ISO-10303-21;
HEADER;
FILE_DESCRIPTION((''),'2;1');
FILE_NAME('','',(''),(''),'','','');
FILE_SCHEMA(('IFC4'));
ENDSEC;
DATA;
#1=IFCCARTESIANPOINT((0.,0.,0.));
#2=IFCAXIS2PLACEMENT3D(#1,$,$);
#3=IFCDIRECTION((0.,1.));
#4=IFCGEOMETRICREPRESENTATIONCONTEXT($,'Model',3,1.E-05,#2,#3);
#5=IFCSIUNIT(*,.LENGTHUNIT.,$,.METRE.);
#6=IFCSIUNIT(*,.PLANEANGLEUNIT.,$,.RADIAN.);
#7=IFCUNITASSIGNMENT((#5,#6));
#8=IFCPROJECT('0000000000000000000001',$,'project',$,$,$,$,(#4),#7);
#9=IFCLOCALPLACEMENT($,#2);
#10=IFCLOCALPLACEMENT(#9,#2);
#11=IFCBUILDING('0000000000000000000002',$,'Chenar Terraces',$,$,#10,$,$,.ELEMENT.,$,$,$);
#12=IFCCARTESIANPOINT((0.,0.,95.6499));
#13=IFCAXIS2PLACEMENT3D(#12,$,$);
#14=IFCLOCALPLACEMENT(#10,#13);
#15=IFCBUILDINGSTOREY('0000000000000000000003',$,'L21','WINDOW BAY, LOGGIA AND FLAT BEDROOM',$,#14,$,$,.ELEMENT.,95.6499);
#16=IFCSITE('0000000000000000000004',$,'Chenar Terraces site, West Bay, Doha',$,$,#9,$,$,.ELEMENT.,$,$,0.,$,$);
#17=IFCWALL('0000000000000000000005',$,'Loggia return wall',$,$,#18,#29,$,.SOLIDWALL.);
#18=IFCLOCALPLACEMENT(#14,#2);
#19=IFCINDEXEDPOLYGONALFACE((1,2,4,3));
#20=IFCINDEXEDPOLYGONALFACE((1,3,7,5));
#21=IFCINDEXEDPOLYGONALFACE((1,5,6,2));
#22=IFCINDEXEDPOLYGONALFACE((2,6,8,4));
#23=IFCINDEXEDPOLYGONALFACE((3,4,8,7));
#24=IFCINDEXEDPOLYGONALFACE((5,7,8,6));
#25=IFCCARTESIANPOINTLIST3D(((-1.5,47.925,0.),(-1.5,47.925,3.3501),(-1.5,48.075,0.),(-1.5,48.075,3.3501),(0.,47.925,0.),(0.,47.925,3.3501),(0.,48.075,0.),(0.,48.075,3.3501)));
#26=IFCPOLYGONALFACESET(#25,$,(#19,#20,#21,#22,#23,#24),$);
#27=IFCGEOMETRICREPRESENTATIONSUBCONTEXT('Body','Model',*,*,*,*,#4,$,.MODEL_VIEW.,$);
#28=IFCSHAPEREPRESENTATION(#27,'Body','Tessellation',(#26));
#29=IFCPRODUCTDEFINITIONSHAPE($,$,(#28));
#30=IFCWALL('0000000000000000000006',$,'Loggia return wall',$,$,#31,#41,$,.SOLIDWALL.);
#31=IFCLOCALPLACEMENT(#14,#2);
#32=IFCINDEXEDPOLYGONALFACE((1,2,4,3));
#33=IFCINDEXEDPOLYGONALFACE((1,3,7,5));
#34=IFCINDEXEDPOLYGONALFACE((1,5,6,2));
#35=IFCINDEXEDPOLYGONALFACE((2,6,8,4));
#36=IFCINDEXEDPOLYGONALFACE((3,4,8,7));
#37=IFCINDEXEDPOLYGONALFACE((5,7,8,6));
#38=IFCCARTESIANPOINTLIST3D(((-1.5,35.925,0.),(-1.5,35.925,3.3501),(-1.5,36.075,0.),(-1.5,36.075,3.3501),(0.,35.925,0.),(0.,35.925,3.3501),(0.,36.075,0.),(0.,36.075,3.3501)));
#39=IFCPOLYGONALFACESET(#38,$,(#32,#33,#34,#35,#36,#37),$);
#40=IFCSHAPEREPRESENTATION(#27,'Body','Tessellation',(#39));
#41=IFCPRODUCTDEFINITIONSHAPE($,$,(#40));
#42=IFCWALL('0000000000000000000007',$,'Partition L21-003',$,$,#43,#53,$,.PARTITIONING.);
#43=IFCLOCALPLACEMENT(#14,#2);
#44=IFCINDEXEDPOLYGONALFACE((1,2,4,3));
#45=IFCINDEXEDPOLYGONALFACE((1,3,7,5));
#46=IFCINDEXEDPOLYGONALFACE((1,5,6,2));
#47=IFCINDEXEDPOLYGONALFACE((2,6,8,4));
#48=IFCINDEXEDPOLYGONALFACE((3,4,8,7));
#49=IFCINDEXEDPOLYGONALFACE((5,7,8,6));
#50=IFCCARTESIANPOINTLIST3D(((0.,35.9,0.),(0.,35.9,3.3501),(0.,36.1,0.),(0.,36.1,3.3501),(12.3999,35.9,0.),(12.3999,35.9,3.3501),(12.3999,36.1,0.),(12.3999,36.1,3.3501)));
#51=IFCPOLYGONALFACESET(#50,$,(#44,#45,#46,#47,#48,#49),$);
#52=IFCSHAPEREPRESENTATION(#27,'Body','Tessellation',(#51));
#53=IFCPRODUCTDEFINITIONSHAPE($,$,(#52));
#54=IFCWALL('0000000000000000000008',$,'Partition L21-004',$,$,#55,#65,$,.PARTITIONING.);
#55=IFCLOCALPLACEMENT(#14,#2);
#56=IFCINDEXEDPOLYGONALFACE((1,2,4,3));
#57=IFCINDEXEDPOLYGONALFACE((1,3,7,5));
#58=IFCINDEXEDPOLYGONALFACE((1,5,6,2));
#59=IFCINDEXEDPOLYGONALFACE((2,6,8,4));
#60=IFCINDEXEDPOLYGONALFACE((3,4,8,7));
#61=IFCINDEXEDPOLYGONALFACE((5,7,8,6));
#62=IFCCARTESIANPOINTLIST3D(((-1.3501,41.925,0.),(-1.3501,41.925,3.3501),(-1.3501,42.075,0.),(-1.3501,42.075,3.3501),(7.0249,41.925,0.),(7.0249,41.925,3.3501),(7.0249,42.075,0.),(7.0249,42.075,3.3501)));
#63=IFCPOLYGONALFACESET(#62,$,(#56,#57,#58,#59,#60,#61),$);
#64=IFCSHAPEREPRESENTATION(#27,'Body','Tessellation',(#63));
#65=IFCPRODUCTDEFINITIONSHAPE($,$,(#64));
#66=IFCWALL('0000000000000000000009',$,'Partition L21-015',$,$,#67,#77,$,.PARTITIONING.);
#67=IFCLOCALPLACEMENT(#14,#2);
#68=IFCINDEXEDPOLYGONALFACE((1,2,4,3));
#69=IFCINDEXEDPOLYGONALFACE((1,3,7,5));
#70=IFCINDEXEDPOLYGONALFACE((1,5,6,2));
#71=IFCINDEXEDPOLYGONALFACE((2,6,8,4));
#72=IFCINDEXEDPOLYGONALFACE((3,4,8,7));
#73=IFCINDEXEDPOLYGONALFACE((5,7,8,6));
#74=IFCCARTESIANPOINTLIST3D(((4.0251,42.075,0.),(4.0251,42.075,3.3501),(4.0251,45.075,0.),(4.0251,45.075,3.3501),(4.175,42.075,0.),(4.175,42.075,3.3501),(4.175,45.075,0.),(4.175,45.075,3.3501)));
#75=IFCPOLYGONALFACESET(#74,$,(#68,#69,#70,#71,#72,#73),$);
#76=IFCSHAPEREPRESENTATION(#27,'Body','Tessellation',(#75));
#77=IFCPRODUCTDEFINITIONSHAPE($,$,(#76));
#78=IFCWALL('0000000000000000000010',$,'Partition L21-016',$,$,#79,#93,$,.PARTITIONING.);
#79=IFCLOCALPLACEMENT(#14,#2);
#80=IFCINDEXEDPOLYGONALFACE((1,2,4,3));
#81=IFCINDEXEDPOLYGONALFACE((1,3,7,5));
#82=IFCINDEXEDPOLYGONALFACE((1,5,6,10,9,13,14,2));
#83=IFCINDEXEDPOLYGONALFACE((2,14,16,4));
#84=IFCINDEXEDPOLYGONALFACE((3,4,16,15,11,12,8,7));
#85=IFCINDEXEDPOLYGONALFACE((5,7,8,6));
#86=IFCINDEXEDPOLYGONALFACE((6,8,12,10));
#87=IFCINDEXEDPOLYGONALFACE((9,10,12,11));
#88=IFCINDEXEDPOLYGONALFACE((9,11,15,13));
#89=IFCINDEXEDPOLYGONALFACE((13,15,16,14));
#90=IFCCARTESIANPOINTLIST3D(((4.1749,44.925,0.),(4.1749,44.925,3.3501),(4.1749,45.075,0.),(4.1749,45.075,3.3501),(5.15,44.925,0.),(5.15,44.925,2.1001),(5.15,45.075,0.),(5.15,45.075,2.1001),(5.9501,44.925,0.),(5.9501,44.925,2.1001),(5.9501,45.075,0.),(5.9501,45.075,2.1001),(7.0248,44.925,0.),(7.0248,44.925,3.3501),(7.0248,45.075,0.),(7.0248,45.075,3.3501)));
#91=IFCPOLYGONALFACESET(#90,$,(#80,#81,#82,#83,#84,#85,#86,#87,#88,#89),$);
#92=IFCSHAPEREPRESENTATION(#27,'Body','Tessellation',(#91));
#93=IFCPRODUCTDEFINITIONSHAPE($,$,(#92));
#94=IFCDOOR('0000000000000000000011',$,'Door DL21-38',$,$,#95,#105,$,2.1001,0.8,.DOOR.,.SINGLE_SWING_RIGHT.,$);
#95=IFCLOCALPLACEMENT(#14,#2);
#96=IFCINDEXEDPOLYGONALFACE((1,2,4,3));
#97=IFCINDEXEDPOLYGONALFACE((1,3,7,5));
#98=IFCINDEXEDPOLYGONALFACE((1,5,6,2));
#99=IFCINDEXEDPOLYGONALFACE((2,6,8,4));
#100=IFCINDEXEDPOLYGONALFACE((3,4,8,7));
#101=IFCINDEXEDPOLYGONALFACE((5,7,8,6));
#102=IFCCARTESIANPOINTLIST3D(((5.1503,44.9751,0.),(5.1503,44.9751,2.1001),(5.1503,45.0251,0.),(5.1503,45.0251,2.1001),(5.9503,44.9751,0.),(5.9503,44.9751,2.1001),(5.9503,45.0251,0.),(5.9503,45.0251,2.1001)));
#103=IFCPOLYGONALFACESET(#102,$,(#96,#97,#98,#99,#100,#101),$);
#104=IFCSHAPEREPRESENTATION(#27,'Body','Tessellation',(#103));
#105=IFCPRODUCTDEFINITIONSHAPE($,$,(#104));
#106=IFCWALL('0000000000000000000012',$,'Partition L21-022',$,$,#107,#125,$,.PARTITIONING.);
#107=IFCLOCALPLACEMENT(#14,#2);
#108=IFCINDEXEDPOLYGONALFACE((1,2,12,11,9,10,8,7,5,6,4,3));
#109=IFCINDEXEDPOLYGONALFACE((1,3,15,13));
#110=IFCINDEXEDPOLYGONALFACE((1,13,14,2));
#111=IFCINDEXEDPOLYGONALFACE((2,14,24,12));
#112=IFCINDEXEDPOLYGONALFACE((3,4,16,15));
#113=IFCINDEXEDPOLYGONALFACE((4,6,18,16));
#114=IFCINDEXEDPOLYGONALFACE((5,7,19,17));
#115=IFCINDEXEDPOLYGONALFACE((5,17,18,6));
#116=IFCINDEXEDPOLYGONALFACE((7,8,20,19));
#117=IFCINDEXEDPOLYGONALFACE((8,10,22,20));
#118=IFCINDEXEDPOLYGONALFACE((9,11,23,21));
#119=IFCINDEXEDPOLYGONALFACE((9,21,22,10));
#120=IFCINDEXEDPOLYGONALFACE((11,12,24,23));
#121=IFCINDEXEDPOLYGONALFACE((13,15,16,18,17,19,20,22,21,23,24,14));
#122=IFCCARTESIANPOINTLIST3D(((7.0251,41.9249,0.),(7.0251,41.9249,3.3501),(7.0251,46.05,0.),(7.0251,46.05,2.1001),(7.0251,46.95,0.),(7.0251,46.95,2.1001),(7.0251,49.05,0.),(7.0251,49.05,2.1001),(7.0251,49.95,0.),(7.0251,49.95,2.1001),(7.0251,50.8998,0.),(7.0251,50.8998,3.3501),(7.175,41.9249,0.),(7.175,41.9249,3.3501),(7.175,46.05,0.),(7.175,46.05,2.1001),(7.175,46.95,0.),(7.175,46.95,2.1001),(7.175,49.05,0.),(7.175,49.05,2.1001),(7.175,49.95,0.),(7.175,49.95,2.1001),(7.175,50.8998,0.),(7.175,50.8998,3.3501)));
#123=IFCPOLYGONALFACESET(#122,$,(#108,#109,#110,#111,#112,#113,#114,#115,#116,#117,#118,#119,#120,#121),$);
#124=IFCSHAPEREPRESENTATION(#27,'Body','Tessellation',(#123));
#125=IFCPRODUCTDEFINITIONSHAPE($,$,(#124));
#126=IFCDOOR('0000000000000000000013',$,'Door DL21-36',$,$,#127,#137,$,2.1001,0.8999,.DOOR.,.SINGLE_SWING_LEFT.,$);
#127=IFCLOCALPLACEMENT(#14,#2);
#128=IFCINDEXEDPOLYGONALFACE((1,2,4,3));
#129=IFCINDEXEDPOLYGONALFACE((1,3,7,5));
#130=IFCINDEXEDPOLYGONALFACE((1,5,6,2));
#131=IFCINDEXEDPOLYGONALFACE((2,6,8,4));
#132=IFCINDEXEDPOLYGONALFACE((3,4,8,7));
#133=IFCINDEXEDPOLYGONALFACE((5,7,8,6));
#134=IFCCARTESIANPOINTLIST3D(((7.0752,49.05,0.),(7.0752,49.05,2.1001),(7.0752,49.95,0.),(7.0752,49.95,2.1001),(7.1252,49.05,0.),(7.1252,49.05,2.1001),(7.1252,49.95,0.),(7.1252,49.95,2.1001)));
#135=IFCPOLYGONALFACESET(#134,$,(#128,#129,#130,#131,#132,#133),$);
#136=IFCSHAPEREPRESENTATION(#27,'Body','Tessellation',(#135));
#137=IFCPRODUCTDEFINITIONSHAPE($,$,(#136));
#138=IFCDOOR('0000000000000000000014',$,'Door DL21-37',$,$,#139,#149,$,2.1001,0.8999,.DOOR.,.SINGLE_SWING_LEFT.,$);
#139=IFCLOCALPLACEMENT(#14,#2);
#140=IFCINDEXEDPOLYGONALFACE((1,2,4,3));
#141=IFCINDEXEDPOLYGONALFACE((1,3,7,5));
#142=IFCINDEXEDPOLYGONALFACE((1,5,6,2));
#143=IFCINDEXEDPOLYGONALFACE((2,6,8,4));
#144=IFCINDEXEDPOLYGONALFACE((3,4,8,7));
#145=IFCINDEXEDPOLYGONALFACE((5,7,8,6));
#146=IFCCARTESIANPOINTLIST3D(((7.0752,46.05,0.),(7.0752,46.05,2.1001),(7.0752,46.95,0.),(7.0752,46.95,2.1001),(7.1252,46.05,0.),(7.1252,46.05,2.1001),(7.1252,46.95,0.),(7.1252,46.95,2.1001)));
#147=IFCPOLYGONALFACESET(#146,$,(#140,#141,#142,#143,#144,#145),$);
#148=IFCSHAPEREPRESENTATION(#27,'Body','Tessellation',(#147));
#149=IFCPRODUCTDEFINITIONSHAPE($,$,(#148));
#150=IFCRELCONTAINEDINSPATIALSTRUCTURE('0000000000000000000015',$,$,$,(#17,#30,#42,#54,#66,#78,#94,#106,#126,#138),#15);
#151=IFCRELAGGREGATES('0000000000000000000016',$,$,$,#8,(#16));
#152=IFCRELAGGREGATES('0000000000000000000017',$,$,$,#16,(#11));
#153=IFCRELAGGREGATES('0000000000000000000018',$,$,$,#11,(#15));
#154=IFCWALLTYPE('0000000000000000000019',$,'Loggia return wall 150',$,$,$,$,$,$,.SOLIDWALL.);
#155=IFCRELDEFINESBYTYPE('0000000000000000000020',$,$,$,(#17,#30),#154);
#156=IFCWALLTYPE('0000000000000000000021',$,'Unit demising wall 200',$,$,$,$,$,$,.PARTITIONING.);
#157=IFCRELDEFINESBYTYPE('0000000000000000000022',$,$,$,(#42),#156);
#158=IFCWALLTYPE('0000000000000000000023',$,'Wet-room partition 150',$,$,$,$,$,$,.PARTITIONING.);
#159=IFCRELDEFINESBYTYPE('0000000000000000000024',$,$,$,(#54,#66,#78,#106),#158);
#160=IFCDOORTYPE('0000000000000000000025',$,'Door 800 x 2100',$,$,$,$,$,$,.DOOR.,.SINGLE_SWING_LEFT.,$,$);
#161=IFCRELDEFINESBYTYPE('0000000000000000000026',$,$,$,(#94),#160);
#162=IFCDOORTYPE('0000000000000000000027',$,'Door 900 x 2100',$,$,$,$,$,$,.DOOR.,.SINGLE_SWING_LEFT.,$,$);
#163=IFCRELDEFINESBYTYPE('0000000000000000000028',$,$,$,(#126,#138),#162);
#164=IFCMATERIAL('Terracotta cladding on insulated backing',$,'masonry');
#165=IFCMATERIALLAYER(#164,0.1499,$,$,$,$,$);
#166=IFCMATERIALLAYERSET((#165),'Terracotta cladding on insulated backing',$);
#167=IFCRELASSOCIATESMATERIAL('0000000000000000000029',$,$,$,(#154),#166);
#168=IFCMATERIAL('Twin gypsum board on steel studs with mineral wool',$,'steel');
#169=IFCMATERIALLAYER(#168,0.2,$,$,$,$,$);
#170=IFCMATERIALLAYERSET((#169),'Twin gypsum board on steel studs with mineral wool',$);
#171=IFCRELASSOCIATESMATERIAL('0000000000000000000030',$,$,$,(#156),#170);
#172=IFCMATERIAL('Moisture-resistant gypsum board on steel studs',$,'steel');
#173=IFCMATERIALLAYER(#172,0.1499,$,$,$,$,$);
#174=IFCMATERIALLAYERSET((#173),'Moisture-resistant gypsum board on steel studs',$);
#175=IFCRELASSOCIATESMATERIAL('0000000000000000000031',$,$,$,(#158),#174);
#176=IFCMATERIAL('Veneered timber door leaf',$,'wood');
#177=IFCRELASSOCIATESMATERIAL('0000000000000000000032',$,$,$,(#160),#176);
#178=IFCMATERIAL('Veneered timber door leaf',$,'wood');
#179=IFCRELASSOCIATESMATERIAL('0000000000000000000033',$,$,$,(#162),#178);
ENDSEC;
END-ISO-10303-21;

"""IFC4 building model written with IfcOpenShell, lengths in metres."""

from ifc_helpers import new_model, si_unit, direction, frame, frame_2d, origin, place, context, subcontext, project, spatial, rectangle, extrude, material, layer, layer_set, type_object, element, fill, save


model = new_model("IFC4")

# Units and contexts
model_context = context("Model", 3, precision=1e-05, world=origin(), true_north=direction((0.0, 1.0)))
body_context = subcontext(model_context, "Body", "Model", "MODEL_VIEW")
ifc_project = project(units=[si_unit("LENGTHUNIT", "METRE"), si_unit("PLANEANGLEUNIT", "RADIAN")], contexts=[model_context])

# Site, building, storey
site_placement = place(None, origin())
site = spatial("IfcSite", under=ifc_project, at=site_placement, Name="Chenar Terraces site, West Bay, Doha", CompositionType="ELEMENT", RefElevation=0.0)
building_placement = place(site_placement, origin())
building = spatial("IfcBuilding", under=site, at=building_placement, Name="Chenar Terraces", CompositionType="ELEMENT")
storey_placement = place(building_placement, frame((0.0, 0.0, 95.6499)))
storey = spatial("IfcBuildingStorey", under=building, at=storey_placement, Name="L21", Description="WINDOW BAY, LOGGIA AND FLAT BEDROOM", CompositionType="ELEMENT", Elevation=95.6499)

# Shared definitions
placement = place(storey_placement, frame((0.0, 36.0, 0.0), z_axis=(0.0, 0.0, 1.0), x_axis=(1.0, 0.0, 0.0)))

# Walls
ifc_material_1 = material(Name="Terracotta cladding on insulated backing", Category="masonry")
ifc_layer_1 = layer(ifc_material_1, 0.1499)
ifc_layer_set_1 = layer_set([ifc_layer_1], Name="Terracotta cladding on insulated backing")
wall_type_1 = type_object("IfcWallType", Name="Loggia return wall 150", PredefinedType="SOLIDWALL", material=ifc_layer_set_1)
for number, where, z_axis, x_axis, name in (
    (1, (-1.5, 48.0, 0.0), (0.0, 0.0, 1.0), (1.0, 0.0, 0.0), "Loggia return wall"),
    (2, (-1.5, 36.0, 0.0), (0.0, 0.0, 1.0), (1.0, 0.0, 0.0), "Loggia return wall"),
):
    element("IfcWall", number, at=place(storey_placement, frame(where, z_axis=z_axis, x_axis=x_axis)), inside=storey, type_object=wall_type_1, Name=name, PredefinedType="SOLIDWALL", context=body_context, shape_type="SweptSolid", body=[
        extrude(rectangle(XDim=1.5, YDim=0.1499, at=frame_2d((0.75, 0.0))), origin(), (0.0, 0.0, 1.0), 3.3501),
    ])
ifc_material_2 = material(Name="Twin gypsum board on steel studs with mineral wool", Category="steel")
ifc_layer_2 = layer(ifc_material_2, 0.2)
ifc_layer_set_2 = layer_set([ifc_layer_2], Name="Twin gypsum board on steel studs with mineral wool")
wall_type_2 = type_object("IfcWallType", Name="Unit demising wall 200", PredefinedType="PARTITIONING", material=ifc_layer_set_2)
element("IfcWall", 3, at=placement, inside=storey, type_object=wall_type_2, Name="Partition L21-003", PredefinedType="PARTITIONING", context=body_context, shape_type="SweptSolid", body=[
    extrude(rectangle(XDim=12.3999, YDim=0.2, at=frame_2d((6.2, 0.0))), origin(), (0.0, 0.0, 1.0), 3.3501),
])
ifc_material_3 = material(Name="Moisture-resistant gypsum board on steel studs", Category="steel")
ifc_layer_3 = layer(ifc_material_3, 0.1499)
ifc_layer_set_3 = layer_set([ifc_layer_3], Name="Moisture-resistant gypsum board on steel studs")
wall_type_3 = type_object("IfcWallType", Name="Wet-room partition 150", PredefinedType="PARTITIONING", material=ifc_layer_set_3)
wall_1_placement = place(storey_placement, frame((-1.3501, 42.0, 0.0), z_axis=(0.0, 0.0, 1.0), x_axis=(1.0, 0.0, 0.0)))
element("IfcWall", 4, at=wall_1_placement, inside=storey, type_object=wall_type_3, Name="Partition L21-004", PredefinedType="PARTITIONING", context=body_context, shape_type="SweptSolid", body=[
    extrude(rectangle(XDim=8.375, YDim=0.1499, at=frame_2d((4.1875, 0.0))), origin(), (0.0, 0.0, 1.0), 3.3501),
])
wall_2_placement = place(storey_placement, frame((4.1001, 42.075, 0.0), z_axis=(0.0, 0.0, 1.0), x_axis=(0.0, 1.0, 0.0)))
element("IfcWall", 5, at=wall_2_placement, inside=storey, type_object=wall_type_3, Name="Partition L21-015", PredefinedType="PARTITIONING", context=body_context, shape_type="SweptSolid", body=[
    extrude(rectangle(XDim=3.0, YDim=0.1499, at=frame_2d((1.5, 0.0))), origin(), (0.0, 0.0, 1.0), 3.3501),
])

# Wall, opening, door
wall_3_placement = place(storey_placement, frame((4.175, 45.0, 0.0), z_axis=(0.0, 0.0, 1.0), x_axis=(1.0, 0.0, 0.0)))
wall_3 = element("IfcWall", 6, at=wall_3_placement, inside=storey, type_object=wall_type_3, Name="Partition L21-016", PredefinedType="PARTITIONING", context=body_context, shape_type="SweptSolid", body=[
    extrude(rectangle(XDim=2.8499, YDim=0.1499, at=frame_2d((1.4248, 0.0))), origin(), (0.0, 0.0, 1.0), 3.3501),
])
opening_1_placement = place(wall_3_placement, frame((0.9751, 0.0, 0.0)))
opening_1 = element("IfcOpeningElement", 7, at=opening_1_placement, cuts=wall_3, PredefinedType="OPENING", context=body_context, shape_type="SweptSolid", body=[
    extrude(rectangle(XDim=0.8, YDim=2.1001, at=frame_2d((0.3999, 1.05))), frame((0.0, 0.085, 0.0), z_axis=(0.0, -1.0, 0.0), x_axis=(1.0, 0.0, 0.0)), (0.0, 0.0, 1.0), 0.1699),
])
ifc_material_4 = material(Name="Veneered timber door leaf", Category="wood")
door_type_1 = type_object("IfcDoorType", Name="Door 800 x 2100", OperationType="SINGLE_SWING_LEFT", PredefinedType="DOOR", material=ifc_material_4)
door_1_placement = place(opening_1_placement, frame((0.8, 0.0, 0.0), z_axis=(0.0, 0.0, 1.0), x_axis=(-1.0, 0.0, 0.0)))
door_1 = element("IfcDoor", 8, at=door_1_placement, inside=storey, type_object=door_type_1, Name="Door DL21-38", OperationType="SINGLE_SWING_RIGHT", OverallHeight=2.1001, OverallWidth=0.8, PredefinedType="DOOR", context=body_context, shape_type="SweptSolid", body=[
    extrude(rectangle(XDim=0.8, YDim=2.1001, at=frame_2d((0.3999, 1.05))), frame((0.0, 0.0249, 0.0), z_axis=(0.0, -1.0, 0.0), x_axis=(1.0, 0.0, 0.0)), (0.0, 0.0, 1.0), 0.05),
])
fill(opening_1, door_1)

# Wall, openings, doors
wall_4_placement = place(storey_placement, frame((7.1001, 41.925, 0.0), z_axis=(0.0, 0.0, 1.0), x_axis=(0.0, 1.0, 0.0)))
wall_4 = element("IfcWall", 9, at=wall_4_placement, inside=storey, type_object=wall_type_3, Name="Partition L21-022", PredefinedType="PARTITIONING", context=body_context, shape_type="SweptSolid", body=[
    extrude(rectangle(XDim=8.9749, YDim=0.1499, at=frame_2d((4.4873, 0.0))), origin(), (0.0, 0.0, 1.0), 3.3501),
])
opening_2_placement = place(wall_4_placement, frame((7.125, 0.0, 0.0)))
opening_2 = element("IfcOpeningElement", 10, at=opening_2_placement, cuts=wall_4, PredefinedType="OPENING", context=body_context, shape_type="SweptSolid", body=[
    extrude(rectangle(XDim=0.8999, YDim=2.1001, at=frame_2d((0.45, 1.05))), frame((0.0, 0.085, 0.0), z_axis=(0.0, -1.0, 0.0), x_axis=(1.0, 0.0, 0.0)), (0.0, 0.0, 1.0), 0.1699),
])
opening_3_placement = place(wall_4_placement, frame((4.125, 0.0, 0.0)))
opening_3 = element("IfcOpeningElement", 11, at=opening_3_placement, cuts=wall_4, PredefinedType="OPENING", context=body_context, shape_type="SweptSolid", body=[
    extrude(rectangle(XDim=0.8999, YDim=2.1001, at=frame_2d((0.45, 1.05))), frame((0.0, 0.085, 0.0), z_axis=(0.0, -1.0, 0.0), x_axis=(1.0, 0.0, 0.0)), (0.0, 0.0, 1.0), 0.1699),
])
ifc_material_5 = material(Name="Veneered timber door leaf", Category="wood")
door_type_2 = type_object("IfcDoorType", Name="Door 900 x 2100", OperationType="SINGLE_SWING_LEFT", PredefinedType="DOOR", material=ifc_material_5)
door_2_placement = place(opening_2_placement, origin())
door_2 = element("IfcDoor", 12, at=door_2_placement, inside=storey, type_object=door_type_2, Name="Door DL21-36", OperationType="SINGLE_SWING_LEFT", OverallHeight=2.1001, OverallWidth=0.8999, PredefinedType="DOOR", context=body_context, shape_type="SweptSolid", body=[
    extrude(rectangle(XDim=0.8999, YDim=2.1001, at=frame_2d((0.45, 1.05))), frame((0.0, 0.0249, 0.0), z_axis=(0.0, -1.0, 0.0), x_axis=(1.0, 0.0, 0.0)), (0.0, 0.0, 1.0), 0.05),
])
fill(opening_2, door_2)
door_3_placement = place(opening_3_placement, origin())
door_3 = element("IfcDoor", 13, at=door_3_placement, inside=storey, type_object=door_type_2, Name="Door DL21-37", OperationType="SINGLE_SWING_LEFT", OverallHeight=2.1001, OverallWidth=0.8999, PredefinedType="DOOR", context=body_context, shape_type="SweptSolid", body=[
    extrude(rectangle(XDim=0.8999, YDim=2.1001, at=frame_2d((0.45, 1.05))), frame((0.0, 0.0249, 0.0), z_axis=(0.0, -1.0, 0.0), x_axis=(1.0, 0.0, 0.0)), (0.0, 0.0, 1.0), 0.05),
])
fill(opening_3, door_3)

save(model, "model.ifc")
